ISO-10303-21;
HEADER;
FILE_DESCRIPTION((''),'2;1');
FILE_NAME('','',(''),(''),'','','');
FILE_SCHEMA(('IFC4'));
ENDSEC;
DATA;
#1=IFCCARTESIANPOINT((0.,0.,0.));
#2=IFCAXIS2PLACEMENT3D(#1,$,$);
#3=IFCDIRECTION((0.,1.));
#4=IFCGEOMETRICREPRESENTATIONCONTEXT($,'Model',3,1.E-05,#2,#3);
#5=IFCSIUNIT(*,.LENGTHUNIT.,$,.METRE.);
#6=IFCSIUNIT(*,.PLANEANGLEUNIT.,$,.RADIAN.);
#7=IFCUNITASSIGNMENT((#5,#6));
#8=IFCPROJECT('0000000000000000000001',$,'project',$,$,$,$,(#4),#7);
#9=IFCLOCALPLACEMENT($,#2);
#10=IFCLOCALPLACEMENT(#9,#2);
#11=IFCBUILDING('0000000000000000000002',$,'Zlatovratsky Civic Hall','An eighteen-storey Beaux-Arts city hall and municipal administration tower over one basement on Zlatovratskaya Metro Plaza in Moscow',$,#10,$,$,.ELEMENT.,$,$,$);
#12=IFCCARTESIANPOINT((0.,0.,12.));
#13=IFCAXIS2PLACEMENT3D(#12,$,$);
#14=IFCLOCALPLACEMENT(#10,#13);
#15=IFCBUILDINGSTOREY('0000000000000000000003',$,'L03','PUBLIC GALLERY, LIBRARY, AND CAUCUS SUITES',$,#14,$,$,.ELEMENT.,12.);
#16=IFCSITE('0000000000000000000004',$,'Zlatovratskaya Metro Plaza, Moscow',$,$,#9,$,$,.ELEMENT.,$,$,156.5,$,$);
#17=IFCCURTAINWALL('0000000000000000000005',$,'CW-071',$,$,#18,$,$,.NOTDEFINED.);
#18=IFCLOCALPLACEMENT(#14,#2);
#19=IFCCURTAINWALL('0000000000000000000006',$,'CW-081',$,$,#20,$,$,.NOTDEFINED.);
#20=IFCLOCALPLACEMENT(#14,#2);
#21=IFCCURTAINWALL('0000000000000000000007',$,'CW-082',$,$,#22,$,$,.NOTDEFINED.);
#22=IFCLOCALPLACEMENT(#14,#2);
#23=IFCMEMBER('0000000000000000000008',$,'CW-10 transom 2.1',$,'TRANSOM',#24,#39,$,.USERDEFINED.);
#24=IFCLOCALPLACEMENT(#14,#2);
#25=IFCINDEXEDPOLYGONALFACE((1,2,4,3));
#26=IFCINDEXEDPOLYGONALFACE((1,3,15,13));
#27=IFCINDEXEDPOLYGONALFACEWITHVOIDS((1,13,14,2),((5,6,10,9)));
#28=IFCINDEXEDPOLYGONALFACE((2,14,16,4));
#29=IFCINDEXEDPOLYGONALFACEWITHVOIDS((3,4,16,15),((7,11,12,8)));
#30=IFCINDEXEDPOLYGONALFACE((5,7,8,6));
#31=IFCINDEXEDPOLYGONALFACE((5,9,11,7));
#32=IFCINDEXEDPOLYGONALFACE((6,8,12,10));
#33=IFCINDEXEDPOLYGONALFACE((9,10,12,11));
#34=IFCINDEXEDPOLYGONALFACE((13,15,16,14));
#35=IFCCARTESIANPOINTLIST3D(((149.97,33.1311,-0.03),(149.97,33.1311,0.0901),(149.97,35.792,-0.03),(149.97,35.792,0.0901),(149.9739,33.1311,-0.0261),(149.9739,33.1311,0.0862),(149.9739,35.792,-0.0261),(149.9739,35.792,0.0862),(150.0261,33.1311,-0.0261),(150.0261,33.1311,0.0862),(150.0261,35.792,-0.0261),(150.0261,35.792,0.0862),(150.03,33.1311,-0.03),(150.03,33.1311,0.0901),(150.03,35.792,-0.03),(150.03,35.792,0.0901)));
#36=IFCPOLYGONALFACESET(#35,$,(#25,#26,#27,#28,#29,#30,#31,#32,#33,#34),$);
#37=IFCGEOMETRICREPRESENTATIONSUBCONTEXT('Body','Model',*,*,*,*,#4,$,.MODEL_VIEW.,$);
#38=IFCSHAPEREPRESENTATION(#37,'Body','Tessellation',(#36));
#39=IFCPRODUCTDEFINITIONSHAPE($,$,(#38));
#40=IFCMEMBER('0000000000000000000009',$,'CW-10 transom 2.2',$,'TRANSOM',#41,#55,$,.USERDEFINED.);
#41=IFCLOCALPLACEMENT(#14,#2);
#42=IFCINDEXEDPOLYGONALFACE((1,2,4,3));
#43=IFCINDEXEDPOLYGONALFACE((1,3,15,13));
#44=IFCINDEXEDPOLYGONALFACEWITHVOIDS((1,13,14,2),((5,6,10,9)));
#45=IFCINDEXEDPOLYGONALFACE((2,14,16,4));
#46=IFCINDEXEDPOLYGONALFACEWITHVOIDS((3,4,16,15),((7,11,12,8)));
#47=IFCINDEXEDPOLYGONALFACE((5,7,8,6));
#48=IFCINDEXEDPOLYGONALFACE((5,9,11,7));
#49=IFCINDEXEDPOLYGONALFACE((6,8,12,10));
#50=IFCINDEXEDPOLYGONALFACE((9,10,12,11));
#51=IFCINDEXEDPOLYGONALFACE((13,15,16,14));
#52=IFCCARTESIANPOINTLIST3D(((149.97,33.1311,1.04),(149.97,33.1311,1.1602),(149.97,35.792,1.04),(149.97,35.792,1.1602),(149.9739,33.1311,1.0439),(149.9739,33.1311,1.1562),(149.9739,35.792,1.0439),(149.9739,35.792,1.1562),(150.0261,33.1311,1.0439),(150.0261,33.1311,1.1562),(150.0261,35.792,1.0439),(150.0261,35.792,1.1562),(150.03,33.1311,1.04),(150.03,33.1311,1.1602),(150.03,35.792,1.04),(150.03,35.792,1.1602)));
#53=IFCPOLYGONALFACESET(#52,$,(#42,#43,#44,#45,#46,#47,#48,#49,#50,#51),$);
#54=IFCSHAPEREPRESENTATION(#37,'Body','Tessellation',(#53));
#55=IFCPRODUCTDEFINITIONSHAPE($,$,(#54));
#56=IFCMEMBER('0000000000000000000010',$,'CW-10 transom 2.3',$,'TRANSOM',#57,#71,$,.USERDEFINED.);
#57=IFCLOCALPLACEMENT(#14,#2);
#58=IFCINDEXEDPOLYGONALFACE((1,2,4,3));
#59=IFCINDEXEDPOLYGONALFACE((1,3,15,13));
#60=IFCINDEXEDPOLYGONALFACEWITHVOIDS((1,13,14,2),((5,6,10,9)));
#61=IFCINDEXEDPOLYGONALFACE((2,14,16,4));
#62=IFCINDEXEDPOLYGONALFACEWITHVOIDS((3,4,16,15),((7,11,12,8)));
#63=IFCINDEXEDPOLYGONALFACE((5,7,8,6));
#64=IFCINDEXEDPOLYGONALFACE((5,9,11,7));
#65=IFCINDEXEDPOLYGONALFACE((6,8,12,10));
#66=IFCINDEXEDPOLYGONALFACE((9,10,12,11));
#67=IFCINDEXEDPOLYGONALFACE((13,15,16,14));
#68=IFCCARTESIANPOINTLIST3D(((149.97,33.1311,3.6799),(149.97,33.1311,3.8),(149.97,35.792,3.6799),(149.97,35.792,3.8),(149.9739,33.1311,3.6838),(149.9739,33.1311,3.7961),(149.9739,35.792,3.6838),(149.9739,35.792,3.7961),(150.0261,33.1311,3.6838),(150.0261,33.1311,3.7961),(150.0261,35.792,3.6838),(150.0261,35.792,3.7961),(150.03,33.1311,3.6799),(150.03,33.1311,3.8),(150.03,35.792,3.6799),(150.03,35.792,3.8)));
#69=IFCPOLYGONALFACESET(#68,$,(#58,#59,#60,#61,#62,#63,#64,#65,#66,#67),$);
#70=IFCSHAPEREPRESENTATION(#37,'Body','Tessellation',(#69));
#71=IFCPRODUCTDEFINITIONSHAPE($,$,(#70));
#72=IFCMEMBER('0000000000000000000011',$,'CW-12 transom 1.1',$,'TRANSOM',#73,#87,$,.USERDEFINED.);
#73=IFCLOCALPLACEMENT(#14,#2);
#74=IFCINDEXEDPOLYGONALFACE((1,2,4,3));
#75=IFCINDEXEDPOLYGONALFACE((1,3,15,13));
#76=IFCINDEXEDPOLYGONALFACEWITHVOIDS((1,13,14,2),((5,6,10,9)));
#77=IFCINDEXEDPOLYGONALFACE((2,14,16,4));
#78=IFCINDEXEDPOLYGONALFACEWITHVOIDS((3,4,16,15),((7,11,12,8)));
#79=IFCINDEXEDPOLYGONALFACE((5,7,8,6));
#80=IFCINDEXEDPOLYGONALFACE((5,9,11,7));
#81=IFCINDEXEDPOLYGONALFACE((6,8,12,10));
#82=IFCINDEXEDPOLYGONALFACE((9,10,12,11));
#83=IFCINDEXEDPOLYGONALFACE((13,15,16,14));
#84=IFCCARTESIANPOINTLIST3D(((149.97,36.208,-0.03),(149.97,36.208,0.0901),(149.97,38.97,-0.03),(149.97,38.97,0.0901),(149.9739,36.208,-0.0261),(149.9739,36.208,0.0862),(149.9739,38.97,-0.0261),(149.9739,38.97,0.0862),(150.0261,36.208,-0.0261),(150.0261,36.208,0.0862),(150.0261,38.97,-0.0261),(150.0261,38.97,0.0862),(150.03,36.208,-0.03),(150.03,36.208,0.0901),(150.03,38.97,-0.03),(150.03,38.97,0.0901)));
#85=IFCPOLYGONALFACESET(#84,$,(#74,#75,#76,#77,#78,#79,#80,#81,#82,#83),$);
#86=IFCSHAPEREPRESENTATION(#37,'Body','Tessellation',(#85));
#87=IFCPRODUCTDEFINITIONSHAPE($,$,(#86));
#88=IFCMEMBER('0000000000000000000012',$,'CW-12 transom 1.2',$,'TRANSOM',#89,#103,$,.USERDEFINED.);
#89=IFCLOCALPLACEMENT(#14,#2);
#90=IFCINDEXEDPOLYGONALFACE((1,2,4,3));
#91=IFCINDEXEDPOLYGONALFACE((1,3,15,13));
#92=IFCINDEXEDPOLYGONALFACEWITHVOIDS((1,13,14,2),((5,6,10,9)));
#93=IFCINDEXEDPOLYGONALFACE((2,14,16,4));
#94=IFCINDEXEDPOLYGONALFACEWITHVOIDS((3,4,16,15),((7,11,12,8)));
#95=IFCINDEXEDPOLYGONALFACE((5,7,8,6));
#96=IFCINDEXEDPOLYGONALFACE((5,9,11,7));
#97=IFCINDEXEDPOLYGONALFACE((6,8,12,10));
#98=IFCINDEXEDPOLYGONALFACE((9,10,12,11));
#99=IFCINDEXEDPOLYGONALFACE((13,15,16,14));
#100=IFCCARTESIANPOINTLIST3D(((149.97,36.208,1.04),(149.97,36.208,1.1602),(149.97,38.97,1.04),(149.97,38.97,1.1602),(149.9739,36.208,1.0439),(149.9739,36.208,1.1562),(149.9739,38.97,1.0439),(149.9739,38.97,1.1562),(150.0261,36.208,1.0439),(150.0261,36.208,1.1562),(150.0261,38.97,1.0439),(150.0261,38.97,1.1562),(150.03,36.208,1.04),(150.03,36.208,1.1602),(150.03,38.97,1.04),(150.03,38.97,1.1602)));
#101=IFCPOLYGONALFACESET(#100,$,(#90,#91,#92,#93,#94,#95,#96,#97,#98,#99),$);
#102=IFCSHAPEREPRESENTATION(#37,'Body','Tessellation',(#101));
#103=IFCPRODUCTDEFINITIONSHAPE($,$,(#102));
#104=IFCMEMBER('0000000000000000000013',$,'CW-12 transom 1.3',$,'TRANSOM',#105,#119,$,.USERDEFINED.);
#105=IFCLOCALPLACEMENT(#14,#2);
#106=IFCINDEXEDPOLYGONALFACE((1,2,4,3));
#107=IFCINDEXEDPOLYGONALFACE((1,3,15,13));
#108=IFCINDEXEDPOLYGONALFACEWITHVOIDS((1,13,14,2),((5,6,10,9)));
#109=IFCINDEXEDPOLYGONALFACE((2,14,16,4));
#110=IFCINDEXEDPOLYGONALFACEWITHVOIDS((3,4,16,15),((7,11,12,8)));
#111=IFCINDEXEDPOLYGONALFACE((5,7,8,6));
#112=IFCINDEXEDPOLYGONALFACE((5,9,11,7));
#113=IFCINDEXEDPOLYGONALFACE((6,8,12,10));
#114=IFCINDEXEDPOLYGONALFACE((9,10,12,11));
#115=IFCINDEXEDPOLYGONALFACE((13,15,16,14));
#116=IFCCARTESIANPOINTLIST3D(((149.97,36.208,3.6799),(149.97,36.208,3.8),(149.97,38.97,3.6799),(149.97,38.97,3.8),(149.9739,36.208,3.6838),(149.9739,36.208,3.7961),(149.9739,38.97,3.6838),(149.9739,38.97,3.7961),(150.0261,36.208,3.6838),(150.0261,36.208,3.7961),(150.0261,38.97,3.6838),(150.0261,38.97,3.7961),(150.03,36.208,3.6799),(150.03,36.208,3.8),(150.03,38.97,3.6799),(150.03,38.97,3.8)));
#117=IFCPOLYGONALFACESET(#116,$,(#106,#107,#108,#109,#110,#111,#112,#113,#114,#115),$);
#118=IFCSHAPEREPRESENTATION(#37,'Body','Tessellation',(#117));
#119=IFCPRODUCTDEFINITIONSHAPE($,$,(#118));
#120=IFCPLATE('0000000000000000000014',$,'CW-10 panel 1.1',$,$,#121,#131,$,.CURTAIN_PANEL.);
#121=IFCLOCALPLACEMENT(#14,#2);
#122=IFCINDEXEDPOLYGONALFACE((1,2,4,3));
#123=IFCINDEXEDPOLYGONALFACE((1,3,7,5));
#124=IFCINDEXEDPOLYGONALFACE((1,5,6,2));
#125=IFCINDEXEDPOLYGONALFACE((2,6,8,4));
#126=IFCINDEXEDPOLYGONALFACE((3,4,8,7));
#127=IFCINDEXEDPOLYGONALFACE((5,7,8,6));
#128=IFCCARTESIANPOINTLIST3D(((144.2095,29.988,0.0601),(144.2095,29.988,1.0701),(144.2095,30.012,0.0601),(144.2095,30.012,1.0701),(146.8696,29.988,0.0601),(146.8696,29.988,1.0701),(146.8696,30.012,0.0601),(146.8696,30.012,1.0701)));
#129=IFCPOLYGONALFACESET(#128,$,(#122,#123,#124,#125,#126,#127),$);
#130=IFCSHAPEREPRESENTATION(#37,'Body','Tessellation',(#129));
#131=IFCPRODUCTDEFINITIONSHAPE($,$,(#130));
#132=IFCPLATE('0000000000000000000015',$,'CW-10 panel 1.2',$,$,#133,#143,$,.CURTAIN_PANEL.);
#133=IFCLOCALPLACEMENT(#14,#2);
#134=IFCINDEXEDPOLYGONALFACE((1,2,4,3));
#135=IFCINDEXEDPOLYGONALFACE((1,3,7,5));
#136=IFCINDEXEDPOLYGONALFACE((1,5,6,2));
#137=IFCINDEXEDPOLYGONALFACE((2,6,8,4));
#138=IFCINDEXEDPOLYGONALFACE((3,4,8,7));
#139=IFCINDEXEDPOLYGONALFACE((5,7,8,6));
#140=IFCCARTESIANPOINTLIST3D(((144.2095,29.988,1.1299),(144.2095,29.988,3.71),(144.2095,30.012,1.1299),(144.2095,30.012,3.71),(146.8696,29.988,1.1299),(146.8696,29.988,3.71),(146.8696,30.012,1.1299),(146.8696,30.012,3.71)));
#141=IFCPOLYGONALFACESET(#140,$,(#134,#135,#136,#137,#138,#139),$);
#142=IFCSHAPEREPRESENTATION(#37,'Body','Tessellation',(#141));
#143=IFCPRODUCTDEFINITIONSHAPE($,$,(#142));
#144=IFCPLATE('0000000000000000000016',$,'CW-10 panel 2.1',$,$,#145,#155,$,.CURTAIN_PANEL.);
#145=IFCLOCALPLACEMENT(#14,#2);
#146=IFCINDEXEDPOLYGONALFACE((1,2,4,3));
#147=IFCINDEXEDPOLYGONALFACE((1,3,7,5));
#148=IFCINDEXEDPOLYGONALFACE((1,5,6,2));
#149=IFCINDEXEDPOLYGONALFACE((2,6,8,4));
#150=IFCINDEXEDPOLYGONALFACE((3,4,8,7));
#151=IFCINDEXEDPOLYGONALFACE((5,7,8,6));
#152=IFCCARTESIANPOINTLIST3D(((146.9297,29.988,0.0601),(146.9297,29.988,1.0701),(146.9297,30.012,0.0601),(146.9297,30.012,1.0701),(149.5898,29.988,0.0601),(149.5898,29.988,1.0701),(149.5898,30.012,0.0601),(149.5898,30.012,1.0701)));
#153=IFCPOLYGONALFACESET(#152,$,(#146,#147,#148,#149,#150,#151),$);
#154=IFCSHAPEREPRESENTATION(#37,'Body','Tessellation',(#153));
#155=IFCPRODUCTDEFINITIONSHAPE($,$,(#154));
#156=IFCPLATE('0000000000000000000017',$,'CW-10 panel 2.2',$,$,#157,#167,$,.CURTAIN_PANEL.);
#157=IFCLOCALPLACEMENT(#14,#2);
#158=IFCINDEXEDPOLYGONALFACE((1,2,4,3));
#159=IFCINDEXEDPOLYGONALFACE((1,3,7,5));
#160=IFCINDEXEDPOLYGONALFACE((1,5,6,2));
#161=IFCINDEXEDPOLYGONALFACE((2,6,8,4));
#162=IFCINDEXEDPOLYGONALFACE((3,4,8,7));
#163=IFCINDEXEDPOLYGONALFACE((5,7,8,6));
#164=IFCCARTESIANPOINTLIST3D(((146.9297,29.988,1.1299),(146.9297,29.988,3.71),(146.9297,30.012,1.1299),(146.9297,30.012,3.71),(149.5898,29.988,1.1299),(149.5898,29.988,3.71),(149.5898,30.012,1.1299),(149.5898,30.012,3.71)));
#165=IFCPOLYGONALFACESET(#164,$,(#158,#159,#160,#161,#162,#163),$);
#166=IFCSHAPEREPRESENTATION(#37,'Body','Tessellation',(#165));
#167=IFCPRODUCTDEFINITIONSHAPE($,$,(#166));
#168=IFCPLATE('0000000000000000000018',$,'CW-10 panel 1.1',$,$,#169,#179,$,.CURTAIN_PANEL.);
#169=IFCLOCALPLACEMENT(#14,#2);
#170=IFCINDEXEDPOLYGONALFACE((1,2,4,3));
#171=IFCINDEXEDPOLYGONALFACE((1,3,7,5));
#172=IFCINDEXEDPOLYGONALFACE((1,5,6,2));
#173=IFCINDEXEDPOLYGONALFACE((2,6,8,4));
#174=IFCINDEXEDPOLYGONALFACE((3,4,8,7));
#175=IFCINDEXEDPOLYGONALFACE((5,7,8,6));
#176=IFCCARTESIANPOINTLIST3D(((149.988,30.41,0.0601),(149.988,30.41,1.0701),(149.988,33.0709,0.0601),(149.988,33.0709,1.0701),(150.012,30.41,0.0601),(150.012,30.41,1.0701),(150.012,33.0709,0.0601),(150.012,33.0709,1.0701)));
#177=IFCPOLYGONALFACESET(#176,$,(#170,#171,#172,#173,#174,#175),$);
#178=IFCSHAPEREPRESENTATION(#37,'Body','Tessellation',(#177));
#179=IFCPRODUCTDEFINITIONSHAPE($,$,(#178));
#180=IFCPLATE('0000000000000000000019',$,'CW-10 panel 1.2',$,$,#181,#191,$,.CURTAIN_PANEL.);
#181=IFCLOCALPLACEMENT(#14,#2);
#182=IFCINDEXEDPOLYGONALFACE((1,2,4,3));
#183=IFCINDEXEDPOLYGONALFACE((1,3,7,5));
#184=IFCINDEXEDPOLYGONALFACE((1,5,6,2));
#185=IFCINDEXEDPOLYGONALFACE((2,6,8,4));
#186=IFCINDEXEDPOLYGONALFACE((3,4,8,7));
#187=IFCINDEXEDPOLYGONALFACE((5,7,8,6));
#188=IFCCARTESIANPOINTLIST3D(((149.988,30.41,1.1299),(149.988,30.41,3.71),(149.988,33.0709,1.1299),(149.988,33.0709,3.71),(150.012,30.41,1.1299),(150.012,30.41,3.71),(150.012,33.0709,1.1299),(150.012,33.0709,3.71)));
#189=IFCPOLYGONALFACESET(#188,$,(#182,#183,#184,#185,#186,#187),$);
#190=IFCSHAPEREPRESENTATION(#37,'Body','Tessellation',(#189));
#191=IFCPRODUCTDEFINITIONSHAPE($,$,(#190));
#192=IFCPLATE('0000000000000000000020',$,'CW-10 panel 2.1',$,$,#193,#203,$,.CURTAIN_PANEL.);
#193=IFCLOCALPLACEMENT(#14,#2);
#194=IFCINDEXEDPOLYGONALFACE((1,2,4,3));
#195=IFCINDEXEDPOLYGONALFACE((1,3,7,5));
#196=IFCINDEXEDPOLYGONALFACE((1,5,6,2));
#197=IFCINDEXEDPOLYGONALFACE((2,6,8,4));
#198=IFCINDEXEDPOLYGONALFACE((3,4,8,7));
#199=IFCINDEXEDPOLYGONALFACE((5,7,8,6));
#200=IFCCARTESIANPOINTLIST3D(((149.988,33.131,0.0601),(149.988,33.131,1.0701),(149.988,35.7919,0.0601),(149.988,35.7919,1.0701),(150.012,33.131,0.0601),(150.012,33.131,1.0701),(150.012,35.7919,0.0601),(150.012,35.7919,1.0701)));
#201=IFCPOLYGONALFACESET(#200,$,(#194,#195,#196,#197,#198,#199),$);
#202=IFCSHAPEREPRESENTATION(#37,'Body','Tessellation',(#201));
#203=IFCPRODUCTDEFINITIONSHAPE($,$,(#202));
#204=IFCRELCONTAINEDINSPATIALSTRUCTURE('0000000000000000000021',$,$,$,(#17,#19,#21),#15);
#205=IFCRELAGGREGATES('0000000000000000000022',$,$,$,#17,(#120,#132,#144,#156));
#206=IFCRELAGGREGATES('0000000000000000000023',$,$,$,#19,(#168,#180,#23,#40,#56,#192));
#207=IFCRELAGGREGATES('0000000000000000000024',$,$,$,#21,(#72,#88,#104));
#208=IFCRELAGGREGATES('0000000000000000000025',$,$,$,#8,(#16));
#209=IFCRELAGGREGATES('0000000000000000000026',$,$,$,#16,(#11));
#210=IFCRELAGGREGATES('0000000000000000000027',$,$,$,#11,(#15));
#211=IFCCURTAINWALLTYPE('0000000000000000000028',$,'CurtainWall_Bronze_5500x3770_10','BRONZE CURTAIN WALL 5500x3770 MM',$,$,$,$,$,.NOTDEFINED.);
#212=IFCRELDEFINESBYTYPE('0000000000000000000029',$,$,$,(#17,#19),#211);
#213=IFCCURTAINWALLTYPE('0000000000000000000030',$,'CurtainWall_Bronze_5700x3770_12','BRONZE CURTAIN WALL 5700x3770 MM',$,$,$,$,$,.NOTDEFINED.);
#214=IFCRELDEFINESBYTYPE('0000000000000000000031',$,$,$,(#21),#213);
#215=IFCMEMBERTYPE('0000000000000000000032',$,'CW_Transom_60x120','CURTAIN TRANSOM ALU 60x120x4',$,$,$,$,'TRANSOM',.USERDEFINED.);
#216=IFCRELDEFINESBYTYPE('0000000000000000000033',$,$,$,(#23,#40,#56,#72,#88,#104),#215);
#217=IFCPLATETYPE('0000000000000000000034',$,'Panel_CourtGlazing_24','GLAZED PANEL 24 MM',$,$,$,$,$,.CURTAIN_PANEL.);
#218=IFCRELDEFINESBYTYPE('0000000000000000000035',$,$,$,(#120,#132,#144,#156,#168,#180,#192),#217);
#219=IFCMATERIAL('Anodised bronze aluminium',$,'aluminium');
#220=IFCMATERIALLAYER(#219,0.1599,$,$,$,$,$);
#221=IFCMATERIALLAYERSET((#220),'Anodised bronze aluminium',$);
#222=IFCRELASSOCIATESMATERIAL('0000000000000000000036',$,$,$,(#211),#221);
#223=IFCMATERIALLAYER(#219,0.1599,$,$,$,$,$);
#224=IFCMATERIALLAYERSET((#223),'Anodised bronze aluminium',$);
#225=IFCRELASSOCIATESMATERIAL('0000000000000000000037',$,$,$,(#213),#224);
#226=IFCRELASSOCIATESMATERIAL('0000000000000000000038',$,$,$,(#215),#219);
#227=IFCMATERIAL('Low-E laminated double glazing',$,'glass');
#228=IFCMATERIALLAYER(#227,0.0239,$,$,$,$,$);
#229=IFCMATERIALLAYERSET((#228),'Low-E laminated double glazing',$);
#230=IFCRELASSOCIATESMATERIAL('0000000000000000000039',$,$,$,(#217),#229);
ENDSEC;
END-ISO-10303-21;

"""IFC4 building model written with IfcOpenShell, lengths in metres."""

from ifc_helpers import new_model, si_unit, direction, frame, origin, origin_2d, place, context, subcontext, project, spatial, rectangle, hollow_rectangle, extrude, material, layer, layer_set, material_profile, profile_set, type_object, element, aggregate, save


model = new_model("IFC4")

# Units and contexts
model_context = context("Model", 3, precision=1e-05, world=origin(), true_north=direction((0.0, 1.0)))
body_context = subcontext(model_context, "Body", "Model", "MODEL_VIEW")
ifc_project = project(units=[si_unit("LENGTHUNIT", "METRE"), si_unit("PLANEANGLEUNIT", "RADIAN")], contexts=[model_context])

# Site, building, storey
site_placement = place(None, origin())
site = spatial("IfcSite", under=ifc_project, at=site_placement, Name="Zlatovratskaya Metro Plaza, Moscow", CompositionType="ELEMENT", RefElevation=156.5)
building_placement = place(site_placement, origin())
building = spatial("IfcBuilding", under=site, at=building_placement, Name="Zlatovratsky Civic Hall", Description="An eighteen-storey Beaux-Arts city hall and municipal administration tower over one basement on Zlatovratskaya Metro Plaza in Moscow", CompositionType="ELEMENT")
storey_placement = place(building_placement, frame((0.0, 0.0, 12.0)))
storey = spatial("IfcBuildingStorey", under=building, at=storey_placement, Name="L03", Description="PUBLIC GALLERY, LIBRARY, AND CAUCUS SUITES", CompositionType="ELEMENT", Elevation=12.0)

# Curtain walls
ifc_material_1 = material(Name="Anodised bronze aluminium", Category="aluminium")
ifc_layer_1 = layer(ifc_material_1, 0.1599)
ifc_layer_set_1 = layer_set([ifc_layer_1], Name="Anodised bronze aluminium")
curtain_wall_type_1 = type_object("IfcCurtainWallType", Name="CurtainWall_Bronze_5500x3770_10", Description="BRONZE CURTAIN WALL 5500x3770 MM", PredefinedType="NOTDEFINED", material=ifc_layer_set_1)
curtain_wall_1_placement = place(storey_placement, origin())
curtain_wall_1 = element("IfcCurtainWall", 1, at=curtain_wall_1_placement, inside=storey, type_object=curtain_wall_type_1, Name="CW-071", PredefinedType="NOTDEFINED")
curtain_wall_2_placement = place(storey_placement, origin())
curtain_wall_2 = element("IfcCurtainWall", 2, at=curtain_wall_2_placement, inside=storey, type_object=curtain_wall_type_1, Name="CW-081", PredefinedType="NOTDEFINED")

# Curtain wall
ifc_layer_2 = layer(ifc_material_1, 0.1599)
ifc_layer_set_2 = layer_set([ifc_layer_2], Name="Anodised bronze aluminium")
curtain_wall_type_2 = type_object("IfcCurtainWallType", Name="CurtainWall_Bronze_5700x3770_12", Description="BRONZE CURTAIN WALL 5700x3770 MM", PredefinedType="NOTDEFINED", material=ifc_layer_set_2)
curtain_wall_3_placement = place(storey_placement, origin())
curtain_wall_3 = element("IfcCurtainWall", 3, at=curtain_wall_3_placement, inside=storey, type_object=curtain_wall_type_2, Name="CW-082", PredefinedType="NOTDEFINED")

# Members
ifc_material_profile_1 = material_profile(ifc_material_1, hollow_rectangle(XDim=0.0601, YDim=0.1201, WallThickness=0.0039, at=origin_2d()), Name="ALU 60x120x4")
ifc_profile_set_1 = profile_set([ifc_material_profile_1], Name="Anodised bronze aluminium")
member_type_1 = type_object("IfcMemberType", Name="CW_Transom_60x120", Description="CURTAIN TRANSOM ALU 60x120x4", ElementType="TRANSOM", PredefinedType="USERDEFINED", material=ifc_profile_set_1)
member_1_placement = place(storey_placement, frame((150.0, 33.1311, 0.03), z_axis=(0.0, 1.0, 0.0), x_axis=(-1.0, 0.0, 0.0)))
member_1 = element("IfcMember", 4, at=member_1_placement, type_object=member_type_1, Name="CW-10 transom 2.1", ObjectType="TRANSOM", PredefinedType="USERDEFINED", context=body_context, shape_type="SweptSolid", body=[
    extrude(hollow_rectangle(XDim=0.0601, YDim=0.1201, WallThickness=0.0039, at=origin_2d()), origin(), (0.0, 0.0, 1.0), 2.6609),
])
member_2_placement = place(storey_placement, frame((150.0, 33.1311, 1.1001), z_axis=(0.0, 1.0, 0.0), x_axis=(-1.0, 0.0, 0.0)))
member_2 = element("IfcMember", 5, at=member_2_placement, type_object=member_type_1, Name="CW-10 transom 2.2", ObjectType="TRANSOM", PredefinedType="USERDEFINED", context=body_context, shape_type="SweptSolid", body=[
    extrude(hollow_rectangle(XDim=0.0601, YDim=0.1201, WallThickness=0.0039, at=origin_2d()), origin(), (0.0, 0.0, 1.0), 2.6609),
])
member_3_placement = place(storey_placement, frame((150.0, 33.1311, 3.74), z_axis=(0.0, 1.0, 0.0), x_axis=(-1.0, 0.0, 0.0)))
member_3 = element("IfcMember", 6, at=member_3_placement, type_object=member_type_1, Name="CW-10 transom 2.3", ObjectType="TRANSOM", PredefinedType="USERDEFINED", context=body_context, shape_type="SweptSolid", body=[
    extrude(hollow_rectangle(XDim=0.0601, YDim=0.1201, WallThickness=0.0039, at=origin_2d()), origin(), (0.0, 0.0, 1.0), 2.6609),
])
member_4_placement = place(storey_placement, frame((150.0, 36.208, 0.03), z_axis=(0.0, 1.0, 0.0), x_axis=(-1.0, 0.0, 0.0)))
member_4 = element("IfcMember", 7, at=member_4_placement, type_object=member_type_1, Name="CW-12 transom 1.1", ObjectType="TRANSOM", PredefinedType="USERDEFINED", context=body_context, shape_type="SweptSolid", body=[
    extrude(hollow_rectangle(XDim=0.0601, YDim=0.1201, WallThickness=0.0039, at=origin_2d()), origin(), (0.0, 0.0, 1.0), 2.762),
])
member_5_placement = place(storey_placement, frame((150.0, 36.208, 1.1001), z_axis=(0.0, 1.0, 0.0), x_axis=(-1.0, 0.0, 0.0)))
member_5 = element("IfcMember", 8, at=member_5_placement, type_object=member_type_1, Name="CW-12 transom 1.2", ObjectType="TRANSOM", PredefinedType="USERDEFINED", context=body_context, shape_type="SweptSolid", body=[
    extrude(hollow_rectangle(XDim=0.0601, YDim=0.1201, WallThickness=0.0039, at=origin_2d()), origin(), (0.0, 0.0, 1.0), 2.762),
])
member_6_placement = place(storey_placement, frame((150.0, 36.208, 3.74), z_axis=(0.0, 1.0, 0.0), x_axis=(-1.0, 0.0, 0.0)))
member_6 = element("IfcMember", 9, at=member_6_placement, type_object=member_type_1, Name="CW-12 transom 1.3", ObjectType="TRANSOM", PredefinedType="USERDEFINED", context=body_context, shape_type="SweptSolid", body=[
    extrude(hollow_rectangle(XDim=0.0601, YDim=0.1201, WallThickness=0.0039, at=origin_2d()), origin(), (0.0, 0.0, 1.0), 2.762),
])

# Plates
ifc_material_2 = material(Name="Low-E laminated double glazing", Category="glass")
ifc_layer_3 = layer(ifc_material_2, 0.0239)
ifc_layer_set_3 = layer_set([ifc_layer_3], Name="Low-E laminated double glazing")
plate_type = type_object("IfcPlateType", Name="Panel_CourtGlazing_24", Description="GLAZED PANEL 24 MM", PredefinedType="CURTAIN_PANEL", material=ifc_layer_set_3)
plate_1_placement = place(storey_placement, frame((145.5396, 30.0, 0.0601), z_axis=(0.0, 0.0, 1.0), x_axis=(1.0, 0.0, 0.0)))
plate_1 = element("IfcPlate", 10, at=plate_1_placement, type_object=plate_type, Name="CW-10 panel 1.1", PredefinedType="CURTAIN_PANEL", context=body_context, shape_type="SweptSolid", body=[
    extrude(rectangle(XDim=2.6602, YDim=0.0239, at=origin_2d()), origin(), (0.0, 0.0, 1.0), 1.01),
])
plate_2_placement = place(storey_placement, frame((145.5396, 30.0, 1.1299), z_axis=(0.0, 0.0, 1.0), x_axis=(1.0, 0.0, 0.0)))
plate_2 = element("IfcPlate", 11, at=plate_2_placement, type_object=plate_type, Name="CW-10 panel 1.2", PredefinedType="CURTAIN_PANEL", context=body_context, shape_type="SweptSolid", body=[
    extrude(rectangle(XDim=2.6602, YDim=0.0239, at=origin_2d()), origin(), (0.0, 0.0, 1.0), 2.5801),
])
plate_3_placement = place(storey_placement, frame((148.2598, 30.0, 0.0601), z_axis=(0.0, 0.0, 1.0), x_axis=(1.0, 0.0, 0.0)))
plate_3 = element("IfcPlate", 12, at=plate_3_placement, type_object=plate_type, Name="CW-10 panel 2.1", PredefinedType="CURTAIN_PANEL", context=body_context, shape_type="SweptSolid", body=[
    extrude(rectangle(XDim=2.6602, YDim=0.0239, at=origin_2d()), origin(), (0.0, 0.0, 1.0), 1.01),
])
plate_4_placement = place(storey_placement, frame((148.2598, 30.0, 1.1299), z_axis=(0.0, 0.0, 1.0), x_axis=(1.0, 0.0, 0.0)))
plate_4 = element("IfcPlate", 13, at=plate_4_placement, type_object=plate_type, Name="CW-10 panel 2.2", PredefinedType="CURTAIN_PANEL", context=body_context, shape_type="SweptSolid", body=[
    extrude(rectangle(XDim=2.6602, YDim=0.0239, at=origin_2d()), origin(), (0.0, 0.0, 1.0), 2.5801),
])
aggregate(curtain_wall_1, [plate_1, plate_2, plate_3, plate_4])
plate_5_placement = place(storey_placement, frame((150.0, 31.7405, 0.0601), z_axis=(0.0, 0.0, 1.0), x_axis=(0.0, 1.0, 0.0)))
plate_5 = element("IfcPlate", 14, at=plate_5_placement, type_object=plate_type, Name="CW-10 panel 1.1", PredefinedType="CURTAIN_PANEL", context=body_context, shape_type="SweptSolid", body=[
    extrude(rectangle(XDim=2.6609, YDim=0.0239, at=origin_2d()), origin(), (0.0, 0.0, 1.0), 1.01),
])
plate_6_placement = place(storey_placement, frame((150.0, 31.7405, 1.1299), z_axis=(0.0, 0.0, 1.0), x_axis=(0.0, 1.0, 0.0)))
plate_6 = element("IfcPlate", 15, at=plate_6_placement, type_object=plate_type, Name="CW-10 panel 1.2", PredefinedType="CURTAIN_PANEL", context=body_context, shape_type="SweptSolid", body=[
    extrude(rectangle(XDim=2.6609, YDim=0.0239, at=origin_2d()), origin(), (0.0, 0.0, 1.0), 2.5801),
])
plate_7_placement = place(storey_placement, frame((150.0, 34.4614, 0.0601), z_axis=(0.0, 0.0, 1.0), x_axis=(0.0, 1.0, 0.0)))
plate_7 = element("IfcPlate", 16, at=plate_7_placement, type_object=plate_type, Name="CW-10 panel 2.1", PredefinedType="CURTAIN_PANEL", context=body_context, shape_type="SweptSolid", body=[
    extrude(rectangle(XDim=2.6609, YDim=0.0239, at=origin_2d()), origin(), (0.0, 0.0, 1.0), 1.01),
])
aggregate(curtain_wall_2, [plate_5, plate_6, member_1, member_2, member_3, plate_7])
aggregate(curtain_wall_3, [member_4, member_5, member_6])

save(model, "model.ifc")
